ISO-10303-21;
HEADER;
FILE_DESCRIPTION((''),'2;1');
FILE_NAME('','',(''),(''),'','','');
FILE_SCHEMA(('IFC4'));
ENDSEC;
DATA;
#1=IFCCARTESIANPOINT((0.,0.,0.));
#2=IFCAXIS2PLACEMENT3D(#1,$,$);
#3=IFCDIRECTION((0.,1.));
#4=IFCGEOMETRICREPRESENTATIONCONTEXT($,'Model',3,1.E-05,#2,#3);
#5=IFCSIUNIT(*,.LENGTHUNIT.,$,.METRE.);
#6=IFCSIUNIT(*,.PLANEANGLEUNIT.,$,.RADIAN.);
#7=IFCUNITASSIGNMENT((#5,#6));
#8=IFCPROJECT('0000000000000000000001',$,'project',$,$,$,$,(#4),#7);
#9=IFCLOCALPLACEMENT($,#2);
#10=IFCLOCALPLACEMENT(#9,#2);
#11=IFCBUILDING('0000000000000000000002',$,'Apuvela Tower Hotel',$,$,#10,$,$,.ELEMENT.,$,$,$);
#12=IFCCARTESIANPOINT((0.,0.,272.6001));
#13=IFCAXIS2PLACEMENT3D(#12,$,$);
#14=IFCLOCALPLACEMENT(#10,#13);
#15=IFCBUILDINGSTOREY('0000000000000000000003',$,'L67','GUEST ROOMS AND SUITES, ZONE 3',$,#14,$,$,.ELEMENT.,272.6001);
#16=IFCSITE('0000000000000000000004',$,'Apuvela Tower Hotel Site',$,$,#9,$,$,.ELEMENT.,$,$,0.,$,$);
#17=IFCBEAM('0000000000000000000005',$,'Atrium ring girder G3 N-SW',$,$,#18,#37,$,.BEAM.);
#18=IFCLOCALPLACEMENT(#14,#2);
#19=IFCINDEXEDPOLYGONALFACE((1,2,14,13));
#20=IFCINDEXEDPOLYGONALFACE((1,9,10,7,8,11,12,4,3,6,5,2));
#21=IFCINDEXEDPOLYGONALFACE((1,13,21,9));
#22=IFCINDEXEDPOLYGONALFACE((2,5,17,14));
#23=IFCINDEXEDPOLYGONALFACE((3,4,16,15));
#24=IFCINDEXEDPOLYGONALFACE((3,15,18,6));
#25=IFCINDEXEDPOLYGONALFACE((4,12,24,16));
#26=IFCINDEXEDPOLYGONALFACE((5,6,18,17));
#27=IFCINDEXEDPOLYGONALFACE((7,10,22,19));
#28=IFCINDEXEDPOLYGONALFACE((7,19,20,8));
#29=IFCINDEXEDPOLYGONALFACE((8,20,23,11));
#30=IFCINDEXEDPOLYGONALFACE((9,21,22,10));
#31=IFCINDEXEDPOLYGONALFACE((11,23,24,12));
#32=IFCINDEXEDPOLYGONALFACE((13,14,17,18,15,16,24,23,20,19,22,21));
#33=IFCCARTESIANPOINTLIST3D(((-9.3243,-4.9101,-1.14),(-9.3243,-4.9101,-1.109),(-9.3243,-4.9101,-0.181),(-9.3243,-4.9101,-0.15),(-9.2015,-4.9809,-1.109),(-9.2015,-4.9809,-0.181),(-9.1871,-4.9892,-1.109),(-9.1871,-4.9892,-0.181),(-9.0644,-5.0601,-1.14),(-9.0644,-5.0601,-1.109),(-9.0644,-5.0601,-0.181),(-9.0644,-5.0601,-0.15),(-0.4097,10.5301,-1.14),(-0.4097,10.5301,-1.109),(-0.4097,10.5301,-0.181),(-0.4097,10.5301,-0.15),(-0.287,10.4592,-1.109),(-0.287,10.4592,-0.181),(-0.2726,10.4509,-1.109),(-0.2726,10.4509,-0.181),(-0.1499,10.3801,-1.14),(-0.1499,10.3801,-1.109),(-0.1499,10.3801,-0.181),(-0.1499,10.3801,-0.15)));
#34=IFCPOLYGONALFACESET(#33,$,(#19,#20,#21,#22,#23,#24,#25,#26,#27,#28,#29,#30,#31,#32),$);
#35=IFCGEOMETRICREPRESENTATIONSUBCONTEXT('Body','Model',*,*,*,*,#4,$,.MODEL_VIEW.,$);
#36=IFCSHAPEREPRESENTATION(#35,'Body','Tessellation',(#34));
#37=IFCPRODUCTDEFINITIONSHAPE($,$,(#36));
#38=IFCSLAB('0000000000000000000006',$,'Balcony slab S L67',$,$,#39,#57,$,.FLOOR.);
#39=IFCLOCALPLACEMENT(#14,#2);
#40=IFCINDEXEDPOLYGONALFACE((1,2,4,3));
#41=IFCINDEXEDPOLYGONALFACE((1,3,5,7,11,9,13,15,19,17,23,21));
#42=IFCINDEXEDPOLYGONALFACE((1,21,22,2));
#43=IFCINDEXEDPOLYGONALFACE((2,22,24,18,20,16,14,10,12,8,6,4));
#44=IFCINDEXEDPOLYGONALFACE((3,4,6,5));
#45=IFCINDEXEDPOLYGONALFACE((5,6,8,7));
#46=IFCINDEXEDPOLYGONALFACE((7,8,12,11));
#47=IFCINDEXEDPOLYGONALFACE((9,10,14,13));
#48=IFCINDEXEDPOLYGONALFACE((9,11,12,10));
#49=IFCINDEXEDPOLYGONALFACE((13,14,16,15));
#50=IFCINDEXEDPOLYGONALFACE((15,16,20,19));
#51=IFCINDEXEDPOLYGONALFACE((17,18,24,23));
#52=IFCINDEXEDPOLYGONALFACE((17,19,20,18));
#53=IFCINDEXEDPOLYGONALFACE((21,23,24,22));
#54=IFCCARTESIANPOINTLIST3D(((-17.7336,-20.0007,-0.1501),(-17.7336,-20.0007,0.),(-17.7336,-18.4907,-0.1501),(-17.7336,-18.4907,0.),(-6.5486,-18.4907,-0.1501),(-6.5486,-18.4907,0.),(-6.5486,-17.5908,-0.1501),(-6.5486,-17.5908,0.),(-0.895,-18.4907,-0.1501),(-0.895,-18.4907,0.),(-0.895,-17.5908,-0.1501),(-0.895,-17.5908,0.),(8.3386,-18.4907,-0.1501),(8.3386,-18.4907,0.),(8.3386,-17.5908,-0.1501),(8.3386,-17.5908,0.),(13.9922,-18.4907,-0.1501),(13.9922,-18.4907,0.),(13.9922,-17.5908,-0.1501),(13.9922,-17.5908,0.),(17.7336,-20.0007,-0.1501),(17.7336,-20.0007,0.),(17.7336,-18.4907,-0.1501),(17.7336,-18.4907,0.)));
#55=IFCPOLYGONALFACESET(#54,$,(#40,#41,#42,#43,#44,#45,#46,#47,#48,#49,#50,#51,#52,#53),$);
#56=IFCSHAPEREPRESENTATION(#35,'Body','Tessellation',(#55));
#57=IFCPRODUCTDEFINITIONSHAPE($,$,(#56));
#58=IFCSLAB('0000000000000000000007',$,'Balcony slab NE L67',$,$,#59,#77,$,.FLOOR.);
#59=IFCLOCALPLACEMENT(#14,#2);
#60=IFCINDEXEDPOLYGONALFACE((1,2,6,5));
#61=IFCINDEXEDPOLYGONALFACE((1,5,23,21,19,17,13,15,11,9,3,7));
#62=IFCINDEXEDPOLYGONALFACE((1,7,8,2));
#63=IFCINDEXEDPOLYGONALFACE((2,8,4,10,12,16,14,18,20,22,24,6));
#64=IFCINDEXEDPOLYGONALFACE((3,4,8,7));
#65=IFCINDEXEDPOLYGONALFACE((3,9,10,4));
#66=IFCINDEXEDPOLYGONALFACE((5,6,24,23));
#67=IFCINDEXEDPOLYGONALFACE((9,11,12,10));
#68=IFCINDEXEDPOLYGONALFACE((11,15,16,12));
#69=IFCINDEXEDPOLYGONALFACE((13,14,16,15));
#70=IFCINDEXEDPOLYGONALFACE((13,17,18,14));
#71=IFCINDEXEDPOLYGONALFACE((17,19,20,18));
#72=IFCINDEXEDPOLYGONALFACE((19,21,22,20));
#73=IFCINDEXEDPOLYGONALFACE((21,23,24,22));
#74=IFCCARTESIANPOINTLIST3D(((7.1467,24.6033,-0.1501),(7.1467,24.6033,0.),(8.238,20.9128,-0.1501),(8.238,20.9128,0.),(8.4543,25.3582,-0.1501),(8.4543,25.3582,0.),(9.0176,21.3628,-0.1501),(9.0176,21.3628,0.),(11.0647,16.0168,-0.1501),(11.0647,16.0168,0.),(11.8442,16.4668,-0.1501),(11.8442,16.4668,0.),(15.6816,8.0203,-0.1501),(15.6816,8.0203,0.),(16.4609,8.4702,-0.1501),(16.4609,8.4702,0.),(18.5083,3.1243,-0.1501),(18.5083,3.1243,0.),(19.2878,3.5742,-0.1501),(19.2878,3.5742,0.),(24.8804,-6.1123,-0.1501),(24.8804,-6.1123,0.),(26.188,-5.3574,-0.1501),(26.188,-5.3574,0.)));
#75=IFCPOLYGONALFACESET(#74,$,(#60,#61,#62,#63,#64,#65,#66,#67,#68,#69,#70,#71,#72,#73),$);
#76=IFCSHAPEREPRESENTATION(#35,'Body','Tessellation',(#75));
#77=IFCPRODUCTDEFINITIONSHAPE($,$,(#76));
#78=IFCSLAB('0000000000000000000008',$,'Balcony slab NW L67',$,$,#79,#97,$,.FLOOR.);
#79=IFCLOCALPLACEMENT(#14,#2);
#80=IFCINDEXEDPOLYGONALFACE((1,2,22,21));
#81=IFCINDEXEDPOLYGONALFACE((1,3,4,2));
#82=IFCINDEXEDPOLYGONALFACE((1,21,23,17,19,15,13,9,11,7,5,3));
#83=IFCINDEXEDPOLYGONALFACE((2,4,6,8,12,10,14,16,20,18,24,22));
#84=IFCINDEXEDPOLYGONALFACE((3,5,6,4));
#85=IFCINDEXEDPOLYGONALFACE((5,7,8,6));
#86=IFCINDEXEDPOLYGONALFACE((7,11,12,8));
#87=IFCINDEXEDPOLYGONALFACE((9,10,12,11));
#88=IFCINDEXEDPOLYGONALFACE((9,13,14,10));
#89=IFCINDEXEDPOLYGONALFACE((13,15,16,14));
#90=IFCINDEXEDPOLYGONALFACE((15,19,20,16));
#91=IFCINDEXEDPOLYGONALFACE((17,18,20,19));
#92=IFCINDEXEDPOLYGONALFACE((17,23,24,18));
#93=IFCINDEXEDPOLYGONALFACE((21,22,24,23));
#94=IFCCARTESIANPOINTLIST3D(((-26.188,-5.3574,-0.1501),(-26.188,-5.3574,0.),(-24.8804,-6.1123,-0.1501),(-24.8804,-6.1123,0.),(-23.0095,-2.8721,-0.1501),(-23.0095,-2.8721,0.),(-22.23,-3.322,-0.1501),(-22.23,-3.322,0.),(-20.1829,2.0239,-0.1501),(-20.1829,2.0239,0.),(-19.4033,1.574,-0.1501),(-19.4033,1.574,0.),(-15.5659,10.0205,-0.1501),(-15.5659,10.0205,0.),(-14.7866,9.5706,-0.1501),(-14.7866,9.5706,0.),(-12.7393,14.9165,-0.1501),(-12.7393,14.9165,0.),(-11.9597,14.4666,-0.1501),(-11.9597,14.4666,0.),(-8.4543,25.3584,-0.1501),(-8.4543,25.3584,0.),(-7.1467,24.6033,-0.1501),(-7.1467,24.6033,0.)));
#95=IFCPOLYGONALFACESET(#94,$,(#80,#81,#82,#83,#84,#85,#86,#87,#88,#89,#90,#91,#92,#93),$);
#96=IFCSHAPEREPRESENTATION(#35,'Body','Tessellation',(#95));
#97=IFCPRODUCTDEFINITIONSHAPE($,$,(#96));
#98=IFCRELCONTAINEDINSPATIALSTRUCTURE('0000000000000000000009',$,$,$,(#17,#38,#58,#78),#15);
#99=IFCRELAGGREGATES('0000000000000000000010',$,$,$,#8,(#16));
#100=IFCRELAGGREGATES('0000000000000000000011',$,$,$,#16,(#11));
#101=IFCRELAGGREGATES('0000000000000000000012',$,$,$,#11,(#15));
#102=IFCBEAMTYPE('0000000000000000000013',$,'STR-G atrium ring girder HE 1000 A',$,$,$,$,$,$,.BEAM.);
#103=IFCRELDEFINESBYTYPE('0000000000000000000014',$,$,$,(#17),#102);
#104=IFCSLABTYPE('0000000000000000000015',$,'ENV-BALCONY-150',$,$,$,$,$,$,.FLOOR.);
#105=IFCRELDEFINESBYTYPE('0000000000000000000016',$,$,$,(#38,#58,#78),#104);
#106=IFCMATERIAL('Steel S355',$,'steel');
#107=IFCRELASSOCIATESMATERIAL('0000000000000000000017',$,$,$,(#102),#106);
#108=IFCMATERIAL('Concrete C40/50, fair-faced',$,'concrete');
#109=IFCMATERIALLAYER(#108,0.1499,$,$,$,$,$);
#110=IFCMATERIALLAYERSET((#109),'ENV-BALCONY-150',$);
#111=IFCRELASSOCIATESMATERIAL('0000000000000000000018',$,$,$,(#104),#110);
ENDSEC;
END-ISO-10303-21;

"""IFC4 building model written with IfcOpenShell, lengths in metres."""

from ifc_helpers import new_model, si_unit, direction, frame, origin, origin_2d, place, context, subcontext, project, spatial, polyline, i_section, outline, extrude, material, layer, layer_set, material_profile, profile_set, type_object, element, save


model = new_model("IFC4")

# Units and contexts
model_context = context("Model", 3, precision=1e-05, world=origin(), true_north=direction((0.0, 1.0)))
body_context = subcontext(model_context, "Body", "Model", "MODEL_VIEW")
ifc_project = project(units=[si_unit("LENGTHUNIT", "METRE"), si_unit("PLANEANGLEUNIT", "RADIAN")], contexts=[model_context])

# Site, building, storey
site_placement = place(None, origin())
site = spatial("IfcSite", under=ifc_project, at=site_placement, Name="Apuvela Tower Hotel Site", CompositionType="ELEMENT", RefElevation=0.0)
building_placement = place(site_placement, origin())
building = spatial("IfcBuilding", under=site, at=building_placement, Name="Apuvela Tower Hotel", CompositionType="ELEMENT")
storey_placement = place(building_placement, frame((0.0, 0.0, 272.6001)))
storey = spatial("IfcBuildingStorey", under=building, at=storey_placement, Name="L67", Description="GUEST ROOMS AND SUITES, ZONE 3", CompositionType="ELEMENT", Elevation=272.6001)

# Beam
ifc_material_1 = material(Name="Steel S355", Category="steel")
ifc_material_profile = material_profile(ifc_material_1, i_section(OverallWidth=0.3, OverallDepth=0.99, WebThickness=0.0166, FlangeThickness=0.031, at=origin_2d()), Name="HE 1000 A")
ifc_profile_set = profile_set([ifc_material_profile], Name="Steel S355")
beam_type = type_object("IfcBeamType", Name="STR-G atrium ring girder HE 1000 A", PredefinedType="BEAM", material=ifc_profile_set)
beam_placement = place(storey_placement, frame((-0.2798, 10.4551, -0.645), z_axis=(-0.500007, -0.866022, 0.0), x_axis=(0.866022, -0.500007, 0.0)))
element("IfcBeam", 1, at=beam_placement, inside=storey, type_object=beam_type, Name="Atrium ring girder G3 N-SW", PredefinedType="BEAM", context=body_context, shape_type="SweptSolid", body=[
    extrude(i_section(OverallWidth=0.3, OverallDepth=0.99, WebThickness=0.0166, FlangeThickness=0.031, at=origin_2d()), origin(), (0.0, 0.0, 1.0), 17.8289),
])

# Slabs
ifc_material_2 = material(Name="Concrete C40/50, fair-faced", Category="concrete")
ifc_layer_1 = layer(ifc_material_2, 0.1499)
ifc_layer_set_1 = layer_set([ifc_layer_1], Name="ENV-BALCONY-150")
slab_type_1 = type_object("IfcSlabType", Name="ENV-BALCONY-150", PredefinedType="FLOOR", material=ifc_layer_set_1)
slab_1_placement = place(storey_placement, frame((0.0, 0.0, -0.1501)))
element("IfcSlab", 2, at=slab_1_placement, inside=storey, type_object=slab_type_1, Name="Balcony slab S L67", PredefinedType="FLOOR", context=body_context, shape_type="SweptSolid", body=[
    extrude(outline(polyline([(17.7336, -20.0007), (-17.7336, -20.0007), (-17.7336, -18.4907), (-6.5486, -18.4907), (-6.5486, -17.5908), (-0.895, -17.5908), (-0.895, -18.4907), (8.3386, -18.4907), (8.3386, -17.5908), (13.9922, -17.5908), (13.9922, -18.4907), (17.7336, -18.4907), (17.7336, -20.0007)])), origin(), (0.0, 0.0, 1.0), 0.1501),
])
slab_2_placement = place(storey_placement, frame((0.0, 0.0, -0.1501)))
element("IfcSlab", 3, at=slab_2_placement, inside=storey, type_object=slab_type_1, Name="Balcony slab NE L67", PredefinedType="FLOOR", context=body_context, shape_type="SweptSolid", body=[
    extrude(outline(polyline([(16.4609, 8.4702), (11.8442, 16.4668), (11.0647, 16.0168), (8.238, 20.9128), (9.0176, 21.3628), (7.1467, 24.6033), (8.4543, 25.3582), (26.188, -5.3574), (24.8804, -6.1123), (19.2878, 3.5742), (18.5083, 3.1243), (15.6816, 8.0203), (16.4609, 8.4702)])), origin(), (0.0, 0.0, 1.0), 0.1501),
])
slab_3_placement = place(storey_placement, frame((0.0, 0.0, -0.1501)))
element("IfcSlab", 4, at=slab_3_placement, inside=storey, type_object=slab_type_1, Name="Balcony slab NW L67", PredefinedType="FLOOR", context=body_context, shape_type="SweptSolid", body=[
    extrude(outline(polyline([(-26.188, -5.3574), (-8.4543, 25.3584), (-7.1467, 24.6033), (-12.7393, 14.9165), (-11.9597, 14.4666), (-14.7866, 9.5706), (-15.5659, 10.0205), (-20.1829, 2.0239), (-19.4033, 1.574), (-22.23, -3.322), (-23.0095, -2.8721), (-24.8804, -6.1123), (-26.188, -5.3574)])), origin(), (0.0, 0.0, 1.0), 0.1501),
])

save(model, "model.ifc")
